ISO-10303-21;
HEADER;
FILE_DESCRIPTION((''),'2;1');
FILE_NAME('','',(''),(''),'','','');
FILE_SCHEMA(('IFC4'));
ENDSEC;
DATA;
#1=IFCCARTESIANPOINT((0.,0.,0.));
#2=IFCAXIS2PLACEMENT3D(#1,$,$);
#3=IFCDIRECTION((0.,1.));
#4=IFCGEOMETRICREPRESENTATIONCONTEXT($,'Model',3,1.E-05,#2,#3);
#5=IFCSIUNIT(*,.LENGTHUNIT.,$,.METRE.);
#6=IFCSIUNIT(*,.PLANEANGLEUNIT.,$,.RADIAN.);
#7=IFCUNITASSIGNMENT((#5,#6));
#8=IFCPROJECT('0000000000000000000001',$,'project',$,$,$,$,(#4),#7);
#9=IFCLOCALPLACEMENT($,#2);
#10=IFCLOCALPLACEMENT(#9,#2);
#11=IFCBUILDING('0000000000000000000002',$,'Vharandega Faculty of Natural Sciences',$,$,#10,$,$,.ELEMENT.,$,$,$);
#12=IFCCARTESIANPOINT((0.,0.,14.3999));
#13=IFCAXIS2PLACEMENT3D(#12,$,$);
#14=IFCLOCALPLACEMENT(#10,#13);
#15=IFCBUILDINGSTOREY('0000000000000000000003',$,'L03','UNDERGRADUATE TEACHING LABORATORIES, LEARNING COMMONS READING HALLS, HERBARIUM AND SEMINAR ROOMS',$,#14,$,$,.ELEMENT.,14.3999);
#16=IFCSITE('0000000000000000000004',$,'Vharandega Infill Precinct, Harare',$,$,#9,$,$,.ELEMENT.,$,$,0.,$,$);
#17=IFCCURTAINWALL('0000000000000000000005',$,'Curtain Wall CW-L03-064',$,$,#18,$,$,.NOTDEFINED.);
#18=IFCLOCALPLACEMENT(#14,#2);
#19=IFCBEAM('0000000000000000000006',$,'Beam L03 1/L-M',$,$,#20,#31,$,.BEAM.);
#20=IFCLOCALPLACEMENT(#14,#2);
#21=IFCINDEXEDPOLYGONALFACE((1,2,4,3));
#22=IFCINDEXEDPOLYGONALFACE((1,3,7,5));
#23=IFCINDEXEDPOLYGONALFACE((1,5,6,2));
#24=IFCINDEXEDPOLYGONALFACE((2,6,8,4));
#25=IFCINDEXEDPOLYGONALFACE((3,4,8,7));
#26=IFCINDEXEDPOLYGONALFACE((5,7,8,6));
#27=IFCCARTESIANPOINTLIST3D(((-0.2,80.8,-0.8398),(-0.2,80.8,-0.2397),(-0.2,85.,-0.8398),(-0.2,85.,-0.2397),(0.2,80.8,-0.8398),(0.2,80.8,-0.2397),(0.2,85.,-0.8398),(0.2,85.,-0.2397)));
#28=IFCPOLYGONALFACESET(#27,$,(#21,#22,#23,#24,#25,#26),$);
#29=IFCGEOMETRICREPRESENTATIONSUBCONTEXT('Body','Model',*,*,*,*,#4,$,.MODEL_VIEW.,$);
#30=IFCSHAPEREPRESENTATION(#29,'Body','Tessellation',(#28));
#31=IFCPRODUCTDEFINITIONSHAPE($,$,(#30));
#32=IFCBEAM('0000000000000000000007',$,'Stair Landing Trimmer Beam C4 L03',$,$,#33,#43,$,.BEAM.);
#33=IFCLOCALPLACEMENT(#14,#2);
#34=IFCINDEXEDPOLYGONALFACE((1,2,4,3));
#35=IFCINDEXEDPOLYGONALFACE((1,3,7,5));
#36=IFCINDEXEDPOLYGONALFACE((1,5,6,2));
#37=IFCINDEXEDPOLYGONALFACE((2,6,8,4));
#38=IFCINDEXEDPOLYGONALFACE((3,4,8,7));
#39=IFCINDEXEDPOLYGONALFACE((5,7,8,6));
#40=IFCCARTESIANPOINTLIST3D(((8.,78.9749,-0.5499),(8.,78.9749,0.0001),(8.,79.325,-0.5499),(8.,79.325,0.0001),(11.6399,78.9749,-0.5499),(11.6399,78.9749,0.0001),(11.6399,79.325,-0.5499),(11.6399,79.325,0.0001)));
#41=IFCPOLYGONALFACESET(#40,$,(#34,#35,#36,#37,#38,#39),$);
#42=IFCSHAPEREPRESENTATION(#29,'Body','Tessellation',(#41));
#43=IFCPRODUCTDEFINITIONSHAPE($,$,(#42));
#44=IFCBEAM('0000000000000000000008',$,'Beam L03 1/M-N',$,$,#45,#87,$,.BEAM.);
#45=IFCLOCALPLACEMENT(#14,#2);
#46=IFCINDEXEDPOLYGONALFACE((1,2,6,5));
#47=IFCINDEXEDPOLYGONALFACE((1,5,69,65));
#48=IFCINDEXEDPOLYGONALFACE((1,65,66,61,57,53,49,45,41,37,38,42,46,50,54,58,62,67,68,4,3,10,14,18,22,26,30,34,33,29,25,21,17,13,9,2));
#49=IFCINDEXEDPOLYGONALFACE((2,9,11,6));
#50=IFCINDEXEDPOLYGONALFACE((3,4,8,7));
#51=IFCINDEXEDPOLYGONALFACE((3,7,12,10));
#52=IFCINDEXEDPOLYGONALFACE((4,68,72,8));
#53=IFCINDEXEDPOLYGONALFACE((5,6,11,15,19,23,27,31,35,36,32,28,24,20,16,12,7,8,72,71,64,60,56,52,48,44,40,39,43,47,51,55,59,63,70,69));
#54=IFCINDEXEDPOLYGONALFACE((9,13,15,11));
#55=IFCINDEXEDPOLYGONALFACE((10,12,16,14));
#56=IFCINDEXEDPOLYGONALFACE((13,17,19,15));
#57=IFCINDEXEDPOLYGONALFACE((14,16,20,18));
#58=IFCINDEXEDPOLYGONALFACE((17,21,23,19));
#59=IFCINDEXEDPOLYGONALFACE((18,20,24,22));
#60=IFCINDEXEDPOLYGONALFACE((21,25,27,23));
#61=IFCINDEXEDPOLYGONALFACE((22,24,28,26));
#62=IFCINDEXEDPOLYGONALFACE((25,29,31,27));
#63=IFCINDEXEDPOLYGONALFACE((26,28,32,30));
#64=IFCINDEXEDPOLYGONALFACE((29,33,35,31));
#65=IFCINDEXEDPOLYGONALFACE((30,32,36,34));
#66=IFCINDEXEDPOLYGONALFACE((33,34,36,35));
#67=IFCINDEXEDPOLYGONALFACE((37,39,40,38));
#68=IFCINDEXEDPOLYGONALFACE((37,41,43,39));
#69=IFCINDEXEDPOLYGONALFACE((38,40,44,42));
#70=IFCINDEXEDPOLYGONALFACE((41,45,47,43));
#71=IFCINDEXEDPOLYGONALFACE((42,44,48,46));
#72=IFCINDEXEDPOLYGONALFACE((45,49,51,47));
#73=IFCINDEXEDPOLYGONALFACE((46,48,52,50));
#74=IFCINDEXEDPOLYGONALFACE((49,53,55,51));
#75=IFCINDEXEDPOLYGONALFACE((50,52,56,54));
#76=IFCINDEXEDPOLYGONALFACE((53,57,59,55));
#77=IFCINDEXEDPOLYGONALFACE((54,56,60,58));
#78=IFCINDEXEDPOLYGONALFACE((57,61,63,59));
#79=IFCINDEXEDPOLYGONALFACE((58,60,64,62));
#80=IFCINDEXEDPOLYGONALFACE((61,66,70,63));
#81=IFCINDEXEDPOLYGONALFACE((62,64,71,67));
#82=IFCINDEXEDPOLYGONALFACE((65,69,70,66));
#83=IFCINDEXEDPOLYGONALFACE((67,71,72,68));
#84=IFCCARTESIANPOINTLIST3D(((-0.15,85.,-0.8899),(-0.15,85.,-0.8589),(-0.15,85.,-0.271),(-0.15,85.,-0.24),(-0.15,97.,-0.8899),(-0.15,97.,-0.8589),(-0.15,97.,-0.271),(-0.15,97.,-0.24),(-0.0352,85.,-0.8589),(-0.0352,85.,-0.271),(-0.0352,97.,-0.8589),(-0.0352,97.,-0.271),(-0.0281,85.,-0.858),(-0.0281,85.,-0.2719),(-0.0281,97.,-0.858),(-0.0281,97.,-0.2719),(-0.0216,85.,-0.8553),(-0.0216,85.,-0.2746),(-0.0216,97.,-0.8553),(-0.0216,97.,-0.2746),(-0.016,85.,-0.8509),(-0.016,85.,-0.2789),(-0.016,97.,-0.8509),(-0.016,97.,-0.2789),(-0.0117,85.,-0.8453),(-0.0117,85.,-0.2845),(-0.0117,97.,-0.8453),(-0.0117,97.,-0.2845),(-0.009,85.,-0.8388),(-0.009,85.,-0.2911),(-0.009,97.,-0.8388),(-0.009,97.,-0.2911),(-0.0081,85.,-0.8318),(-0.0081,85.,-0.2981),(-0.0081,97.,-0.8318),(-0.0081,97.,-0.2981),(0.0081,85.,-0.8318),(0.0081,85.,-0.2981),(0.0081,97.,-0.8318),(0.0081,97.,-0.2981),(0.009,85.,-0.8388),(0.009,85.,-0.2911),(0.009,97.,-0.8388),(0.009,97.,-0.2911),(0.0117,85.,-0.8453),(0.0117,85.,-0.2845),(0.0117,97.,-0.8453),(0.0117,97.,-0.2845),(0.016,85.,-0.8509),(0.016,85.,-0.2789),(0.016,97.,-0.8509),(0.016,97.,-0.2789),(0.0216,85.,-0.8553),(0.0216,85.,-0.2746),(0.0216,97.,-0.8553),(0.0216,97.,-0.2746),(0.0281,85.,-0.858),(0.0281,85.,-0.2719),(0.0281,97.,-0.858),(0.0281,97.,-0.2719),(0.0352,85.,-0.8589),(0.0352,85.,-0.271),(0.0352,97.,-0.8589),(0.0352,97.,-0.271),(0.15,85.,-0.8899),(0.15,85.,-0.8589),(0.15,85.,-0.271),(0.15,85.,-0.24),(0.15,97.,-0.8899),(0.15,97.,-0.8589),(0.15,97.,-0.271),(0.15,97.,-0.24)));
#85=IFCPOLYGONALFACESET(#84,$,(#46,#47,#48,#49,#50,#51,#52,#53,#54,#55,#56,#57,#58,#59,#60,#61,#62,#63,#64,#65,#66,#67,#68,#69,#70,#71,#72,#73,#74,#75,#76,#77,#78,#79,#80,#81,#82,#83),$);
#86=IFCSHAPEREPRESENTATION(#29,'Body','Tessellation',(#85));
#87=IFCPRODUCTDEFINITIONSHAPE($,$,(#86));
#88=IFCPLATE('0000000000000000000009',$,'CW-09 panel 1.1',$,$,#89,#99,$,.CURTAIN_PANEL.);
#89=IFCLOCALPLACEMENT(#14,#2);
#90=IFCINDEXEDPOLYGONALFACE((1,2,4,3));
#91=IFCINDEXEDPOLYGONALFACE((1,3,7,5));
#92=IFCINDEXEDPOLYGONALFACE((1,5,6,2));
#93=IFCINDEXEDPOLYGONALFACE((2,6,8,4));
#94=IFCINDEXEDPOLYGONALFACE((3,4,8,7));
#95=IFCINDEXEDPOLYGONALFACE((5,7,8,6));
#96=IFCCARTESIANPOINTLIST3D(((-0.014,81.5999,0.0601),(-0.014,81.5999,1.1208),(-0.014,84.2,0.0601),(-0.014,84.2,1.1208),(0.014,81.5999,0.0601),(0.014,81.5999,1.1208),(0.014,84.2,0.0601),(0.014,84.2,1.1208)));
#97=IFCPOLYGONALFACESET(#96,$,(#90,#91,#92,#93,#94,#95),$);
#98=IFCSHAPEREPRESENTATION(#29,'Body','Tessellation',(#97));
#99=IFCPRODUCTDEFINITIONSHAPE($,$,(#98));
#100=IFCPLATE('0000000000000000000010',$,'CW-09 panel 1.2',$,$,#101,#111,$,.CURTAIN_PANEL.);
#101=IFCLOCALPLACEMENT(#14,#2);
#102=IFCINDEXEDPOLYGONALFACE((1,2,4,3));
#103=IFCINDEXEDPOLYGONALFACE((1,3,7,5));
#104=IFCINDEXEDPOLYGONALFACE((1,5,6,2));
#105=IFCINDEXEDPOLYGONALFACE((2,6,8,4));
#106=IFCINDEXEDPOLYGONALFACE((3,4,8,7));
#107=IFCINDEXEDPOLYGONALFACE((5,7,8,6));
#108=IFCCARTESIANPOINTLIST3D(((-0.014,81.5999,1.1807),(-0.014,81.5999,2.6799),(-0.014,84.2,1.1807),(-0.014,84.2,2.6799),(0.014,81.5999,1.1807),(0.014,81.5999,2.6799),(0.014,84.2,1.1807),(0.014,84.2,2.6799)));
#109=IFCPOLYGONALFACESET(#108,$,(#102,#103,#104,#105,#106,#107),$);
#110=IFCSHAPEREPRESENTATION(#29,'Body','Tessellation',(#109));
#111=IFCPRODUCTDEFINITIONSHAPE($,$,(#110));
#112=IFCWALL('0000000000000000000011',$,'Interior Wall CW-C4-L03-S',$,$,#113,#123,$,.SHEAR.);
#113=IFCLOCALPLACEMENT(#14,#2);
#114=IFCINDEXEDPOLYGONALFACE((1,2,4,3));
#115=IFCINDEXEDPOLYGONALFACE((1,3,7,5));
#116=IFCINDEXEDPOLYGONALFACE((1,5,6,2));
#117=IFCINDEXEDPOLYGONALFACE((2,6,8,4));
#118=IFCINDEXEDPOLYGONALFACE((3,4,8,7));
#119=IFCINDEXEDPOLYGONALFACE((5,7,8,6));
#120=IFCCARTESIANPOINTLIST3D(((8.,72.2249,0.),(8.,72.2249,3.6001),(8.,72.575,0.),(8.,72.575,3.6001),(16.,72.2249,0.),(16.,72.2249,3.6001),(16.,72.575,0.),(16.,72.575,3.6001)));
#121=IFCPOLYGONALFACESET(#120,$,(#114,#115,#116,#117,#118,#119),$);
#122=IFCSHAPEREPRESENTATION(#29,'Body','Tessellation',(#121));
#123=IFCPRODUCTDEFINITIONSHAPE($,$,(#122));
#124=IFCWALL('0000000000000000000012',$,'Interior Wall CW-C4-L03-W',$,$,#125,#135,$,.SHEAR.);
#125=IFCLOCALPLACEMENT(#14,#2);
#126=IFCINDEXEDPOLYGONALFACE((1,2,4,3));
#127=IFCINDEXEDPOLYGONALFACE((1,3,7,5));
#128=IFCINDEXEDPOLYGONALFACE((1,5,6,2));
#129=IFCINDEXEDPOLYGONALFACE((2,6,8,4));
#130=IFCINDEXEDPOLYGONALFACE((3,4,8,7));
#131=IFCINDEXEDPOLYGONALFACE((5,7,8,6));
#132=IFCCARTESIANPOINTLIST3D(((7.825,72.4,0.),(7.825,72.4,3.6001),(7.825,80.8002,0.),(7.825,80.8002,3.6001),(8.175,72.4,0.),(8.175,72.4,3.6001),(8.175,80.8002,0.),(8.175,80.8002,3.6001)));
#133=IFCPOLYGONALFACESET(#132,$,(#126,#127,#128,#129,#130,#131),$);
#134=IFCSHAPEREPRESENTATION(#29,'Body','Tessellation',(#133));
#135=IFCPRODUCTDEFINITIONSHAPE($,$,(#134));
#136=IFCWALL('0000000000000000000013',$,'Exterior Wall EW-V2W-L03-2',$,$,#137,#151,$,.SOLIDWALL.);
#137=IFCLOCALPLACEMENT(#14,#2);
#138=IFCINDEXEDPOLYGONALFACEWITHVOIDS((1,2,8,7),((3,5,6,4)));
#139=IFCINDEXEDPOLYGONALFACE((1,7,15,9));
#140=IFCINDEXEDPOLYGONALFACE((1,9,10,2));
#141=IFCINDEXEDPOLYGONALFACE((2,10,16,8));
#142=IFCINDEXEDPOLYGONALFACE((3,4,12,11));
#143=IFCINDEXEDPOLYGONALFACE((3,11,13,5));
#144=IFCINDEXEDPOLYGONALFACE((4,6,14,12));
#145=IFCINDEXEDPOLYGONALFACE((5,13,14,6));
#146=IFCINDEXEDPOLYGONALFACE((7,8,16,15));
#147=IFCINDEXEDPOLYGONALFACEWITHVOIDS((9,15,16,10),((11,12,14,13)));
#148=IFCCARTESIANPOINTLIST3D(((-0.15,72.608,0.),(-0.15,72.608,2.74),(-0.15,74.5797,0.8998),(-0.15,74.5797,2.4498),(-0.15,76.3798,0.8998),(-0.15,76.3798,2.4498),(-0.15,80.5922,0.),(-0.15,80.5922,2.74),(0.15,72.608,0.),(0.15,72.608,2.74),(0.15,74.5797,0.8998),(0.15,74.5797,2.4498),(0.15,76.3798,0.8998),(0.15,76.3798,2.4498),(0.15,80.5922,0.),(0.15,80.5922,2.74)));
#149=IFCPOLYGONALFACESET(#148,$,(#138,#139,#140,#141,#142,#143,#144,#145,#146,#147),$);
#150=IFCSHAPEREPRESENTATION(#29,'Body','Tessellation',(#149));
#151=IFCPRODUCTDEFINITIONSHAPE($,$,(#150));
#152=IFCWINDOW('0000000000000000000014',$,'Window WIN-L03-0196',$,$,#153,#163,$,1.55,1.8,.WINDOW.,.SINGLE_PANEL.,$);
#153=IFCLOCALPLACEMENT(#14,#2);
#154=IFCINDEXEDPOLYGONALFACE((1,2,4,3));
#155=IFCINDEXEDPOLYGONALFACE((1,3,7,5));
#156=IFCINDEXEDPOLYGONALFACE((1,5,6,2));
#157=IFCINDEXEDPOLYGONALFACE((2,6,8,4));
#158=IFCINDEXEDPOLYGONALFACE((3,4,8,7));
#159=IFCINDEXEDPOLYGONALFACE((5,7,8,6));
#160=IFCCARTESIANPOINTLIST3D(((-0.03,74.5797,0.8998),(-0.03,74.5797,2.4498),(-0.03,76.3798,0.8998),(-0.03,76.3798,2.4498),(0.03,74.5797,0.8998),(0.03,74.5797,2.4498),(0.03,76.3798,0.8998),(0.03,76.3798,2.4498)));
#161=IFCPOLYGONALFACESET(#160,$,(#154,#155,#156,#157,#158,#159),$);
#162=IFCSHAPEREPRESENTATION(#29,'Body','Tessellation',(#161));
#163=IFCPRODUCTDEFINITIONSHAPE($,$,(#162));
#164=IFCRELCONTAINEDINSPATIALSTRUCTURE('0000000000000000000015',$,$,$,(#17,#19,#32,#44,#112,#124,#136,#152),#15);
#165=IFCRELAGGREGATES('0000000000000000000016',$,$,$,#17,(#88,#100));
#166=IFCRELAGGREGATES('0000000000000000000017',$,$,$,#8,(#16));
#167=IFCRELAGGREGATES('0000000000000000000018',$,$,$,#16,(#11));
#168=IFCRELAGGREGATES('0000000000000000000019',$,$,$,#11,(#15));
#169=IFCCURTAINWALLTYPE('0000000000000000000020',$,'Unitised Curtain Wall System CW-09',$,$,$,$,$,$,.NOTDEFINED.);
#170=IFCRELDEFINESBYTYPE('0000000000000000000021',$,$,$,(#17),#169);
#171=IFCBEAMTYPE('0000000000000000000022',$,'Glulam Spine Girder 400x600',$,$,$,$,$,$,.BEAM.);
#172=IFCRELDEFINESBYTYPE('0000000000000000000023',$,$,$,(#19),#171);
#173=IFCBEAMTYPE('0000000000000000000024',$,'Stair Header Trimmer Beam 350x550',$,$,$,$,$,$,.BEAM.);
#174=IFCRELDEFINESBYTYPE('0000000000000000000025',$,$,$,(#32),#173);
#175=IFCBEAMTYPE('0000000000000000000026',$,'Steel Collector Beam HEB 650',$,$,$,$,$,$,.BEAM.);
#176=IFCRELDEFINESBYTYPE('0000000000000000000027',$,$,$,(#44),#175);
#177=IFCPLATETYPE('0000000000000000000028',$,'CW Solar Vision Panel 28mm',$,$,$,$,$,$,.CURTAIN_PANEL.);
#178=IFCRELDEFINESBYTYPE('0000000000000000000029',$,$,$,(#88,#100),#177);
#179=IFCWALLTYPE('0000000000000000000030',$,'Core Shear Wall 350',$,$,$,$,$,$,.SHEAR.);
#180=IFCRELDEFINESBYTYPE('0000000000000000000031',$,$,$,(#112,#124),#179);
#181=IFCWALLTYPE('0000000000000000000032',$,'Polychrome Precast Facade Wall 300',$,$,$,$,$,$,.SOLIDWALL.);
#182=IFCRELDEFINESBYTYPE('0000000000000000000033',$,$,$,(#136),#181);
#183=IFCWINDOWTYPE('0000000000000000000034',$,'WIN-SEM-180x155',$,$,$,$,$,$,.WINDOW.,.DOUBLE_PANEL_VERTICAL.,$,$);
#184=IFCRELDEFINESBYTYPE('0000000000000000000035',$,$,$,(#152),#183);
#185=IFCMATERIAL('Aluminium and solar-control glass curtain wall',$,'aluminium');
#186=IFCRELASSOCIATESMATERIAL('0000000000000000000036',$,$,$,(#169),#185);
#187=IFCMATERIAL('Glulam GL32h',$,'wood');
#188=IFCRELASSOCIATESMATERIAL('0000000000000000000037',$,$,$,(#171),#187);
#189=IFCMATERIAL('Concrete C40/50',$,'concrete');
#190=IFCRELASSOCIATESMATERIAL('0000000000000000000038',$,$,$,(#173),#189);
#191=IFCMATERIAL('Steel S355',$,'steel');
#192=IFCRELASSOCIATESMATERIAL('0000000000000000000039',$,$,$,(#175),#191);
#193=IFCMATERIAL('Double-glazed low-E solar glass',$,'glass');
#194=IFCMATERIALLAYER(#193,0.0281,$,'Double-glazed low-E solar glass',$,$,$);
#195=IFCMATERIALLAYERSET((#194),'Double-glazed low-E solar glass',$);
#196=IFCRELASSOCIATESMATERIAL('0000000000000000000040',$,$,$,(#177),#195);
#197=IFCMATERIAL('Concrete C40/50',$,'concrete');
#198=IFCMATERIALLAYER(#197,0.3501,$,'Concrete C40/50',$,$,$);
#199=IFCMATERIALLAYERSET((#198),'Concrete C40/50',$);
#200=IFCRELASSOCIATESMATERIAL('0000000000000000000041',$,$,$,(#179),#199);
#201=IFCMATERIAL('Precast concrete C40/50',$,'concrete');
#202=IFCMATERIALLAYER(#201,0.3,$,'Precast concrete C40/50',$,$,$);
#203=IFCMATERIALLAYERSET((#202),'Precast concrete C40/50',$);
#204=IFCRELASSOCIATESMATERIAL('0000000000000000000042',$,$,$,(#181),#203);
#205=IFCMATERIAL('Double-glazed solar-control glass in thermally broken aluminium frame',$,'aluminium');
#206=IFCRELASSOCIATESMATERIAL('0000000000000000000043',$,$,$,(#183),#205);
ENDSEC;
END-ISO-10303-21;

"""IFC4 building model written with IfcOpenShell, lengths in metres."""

from ifc_helpers import new_model, si_unit, direction, frame, frame_2d, origin, origin_2d, place, context, subcontext, project, spatial, rectangle, i_section, extrude, material, layer, layer_set, material_profile, profile_set, type_object, element, fill, aggregate, save


model = new_model("IFC4")

# Units and contexts
model_context = context("Model", 3, precision=1e-05, world=origin(), true_north=direction((0.0, 1.0)))
body_context = subcontext(model_context, "Body", "Model", "MODEL_VIEW")
ifc_project = project(units=[si_unit("LENGTHUNIT", "METRE"), si_unit("PLANEANGLEUNIT", "RADIAN")], contexts=[model_context])

# Site, building, storey
site_placement = place(None, origin())
site = spatial("IfcSite", under=ifc_project, at=site_placement, Name="Vharandega Infill Precinct, Harare", CompositionType="ELEMENT", RefElevation=0.0)
building_placement = place(site_placement, origin())
building = spatial("IfcBuilding", under=site, at=building_placement, Name="Vharandega Faculty of Natural Sciences", CompositionType="ELEMENT")
storey_placement = place(building_placement, frame((0.0, 0.0, 14.3999)))
storey = spatial("IfcBuildingStorey", under=building, at=storey_placement, Name="L03", Description="UNDERGRADUATE TEACHING LABORATORIES, LEARNING COMMONS READING HALLS, HERBARIUM AND SEMINAR ROOMS", CompositionType="ELEMENT", Elevation=14.3999)

# Curtain wall
ifc_material_1 = material(Name="Aluminium and solar-control glass curtain wall", Category="aluminium")
curtain_wall_type = type_object("IfcCurtainWallType", Name="Unitised Curtain Wall System CW-09", PredefinedType="NOTDEFINED", material=ifc_material_1)
curtain_wall_placement = place(storey_placement, origin())
curtain_wall = element("IfcCurtainWall", 1, at=curtain_wall_placement, inside=storey, type_object=curtain_wall_type, Name="Curtain Wall CW-L03-064", PredefinedType="NOTDEFINED")

# Beams
ifc_material_2 = material(Name="Glulam GL32h", Category="wood")
ifc_material_profile_1 = material_profile(ifc_material_2, rectangle(XDim=0.3999, YDim=0.6001, at=origin_2d()), Name="GL32h 400x600")
ifc_profile_set_1 = profile_set([ifc_material_profile_1], Name="Glulam GL32h")
beam_type_1 = type_object("IfcBeamType", Name="Glulam Spine Girder 400x600", PredefinedType="BEAM", material=ifc_profile_set_1)
beam_1_placement = place(storey_placement, frame((0.0, 80.8, -0.5398), z_axis=(0.0, 1.0, 0.0), x_axis=(-1.0, 0.0, 0.0)))
element("IfcBeam", 2, at=beam_1_placement, inside=storey, type_object=beam_type_1, Name="Beam L03 1/L-M", PredefinedType="BEAM", context=body_context, shape_type="SweptSolid", body=[
    extrude(rectangle(XDim=0.3999, YDim=0.6001, at=origin_2d()), origin(), (0.0, 0.0, 1.0), 4.2),
])
ifc_material_3 = material(Name="Concrete C40/50", Category="concrete")
ifc_material_profile_2 = material_profile(ifc_material_3, rectangle(XDim=0.3501, YDim=0.55, at=origin_2d()), Name="RC 350x550")
ifc_profile_set_2 = profile_set([ifc_material_profile_2], Name="Concrete C40/50")
beam_type_2 = type_object("IfcBeamType", Name="Stair Header Trimmer Beam 350x550", PredefinedType="BEAM", material=ifc_profile_set_2)
beam_2_placement = place(storey_placement, frame((8.0, 79.1499, -0.2749), z_axis=(1.0, 0.0, 0.0), x_axis=(0.0, 1.0, 0.0)))
element("IfcBeam", 3, at=beam_2_placement, inside=storey, type_object=beam_type_2, Name="Stair Landing Trimmer Beam C4 L03", PredefinedType="BEAM", context=body_context, shape_type="SweptSolid", body=[
    extrude(rectangle(XDim=0.3501, YDim=0.55, at=origin_2d()), origin(), (0.0, 0.0, 1.0), 3.6399),
])
ifc_material_4 = material(Name="Steel S355", Category="steel")
ifc_material_profile_3 = material_profile(ifc_material_4, i_section(OverallWidth=0.3, OverallDepth=0.6499, WebThickness=0.0161, FlangeThickness=0.031, FilletRadius=0.0271, at=origin_2d()), Name="HEB 650")
ifc_profile_set_3 = profile_set([ifc_material_profile_3], Name="Steel S355")
beam_type_3 = type_object("IfcBeamType", Name="Steel Collector Beam HEB 650", PredefinedType="BEAM", material=ifc_profile_set_3)
beam_3_placement = place(storey_placement, frame((0.0, 85.0, -0.5649), z_axis=(0.0, 1.0, 0.0), x_axis=(-1.0, 0.0, 0.0)))
element("IfcBeam", 4, at=beam_3_placement, inside=storey, type_object=beam_type_3, Name="Beam L03 1/M-N", PredefinedType="BEAM", context=body_context, shape_type="SweptSolid", body=[
    extrude(i_section(OverallWidth=0.3, OverallDepth=0.6499, WebThickness=0.0161, FlangeThickness=0.031, FilletRadius=0.0271, at=origin_2d()), origin(), (0.0, 0.0, 1.0), 12.0),
])

# Plates
ifc_material_5 = material(Name="Double-glazed low-E solar glass", Category="glass")
ifc_layer_1 = layer(ifc_material_5, 0.0281, Name="Double-glazed low-E solar glass")
ifc_layer_set_1 = layer_set([ifc_layer_1], Name="Double-glazed low-E solar glass")
plate_type = type_object("IfcPlateType", Name="CW Solar Vision Panel 28mm", PredefinedType="CURTAIN_PANEL", material=ifc_layer_set_1)
plate_1_placement = place(storey_placement, frame((0.0, 82.8999, 0.0601), z_axis=(0.0, 0.0, 1.0), x_axis=(0.0, 1.0, 0.0)))
plate_1 = element("IfcPlate", 5, at=plate_1_placement, type_object=plate_type, Name="CW-09 panel 1.1", PredefinedType="CURTAIN_PANEL", context=body_context, shape_type="SweptSolid", body=[
    extrude(rectangle(XDim=2.6001, YDim=0.0281, at=origin_2d()), origin(), (0.0, 0.0, 1.0), 1.0608),
])
plate_2_placement = place(storey_placement, frame((0.0, 82.8999, 1.1807), z_axis=(0.0, 0.0, 1.0), x_axis=(0.0, 1.0, 0.0)))
plate_2 = element("IfcPlate", 6, at=plate_2_placement, type_object=plate_type, Name="CW-09 panel 1.2", PredefinedType="CURTAIN_PANEL", context=body_context, shape_type="SweptSolid", body=[
    extrude(rectangle(XDim=2.6001, YDim=0.0281, at=origin_2d()), origin(), (0.0, 0.0, 1.0), 1.4993),
])
aggregate(curtain_wall, [plate_1, plate_2])

# Walls
ifc_material_6 = material(Name="Concrete C40/50", Category="concrete")
ifc_layer_2 = layer(ifc_material_6, 0.3501, Name="Concrete C40/50")
ifc_layer_set_2 = layer_set([ifc_layer_2], Name="Concrete C40/50")
wall_type_1 = type_object("IfcWallType", Name="Core Shear Wall 350", PredefinedType="SHEAR", material=ifc_layer_set_2)
wall_1_placement = place(storey_placement, frame((8.0, 72.3999, 0.0), z_axis=(0.0, 0.0, 1.0), x_axis=(1.0, 0.0, 0.0)))
element("IfcWall", 7, at=wall_1_placement, inside=storey, type_object=wall_type_1, Name="Interior Wall CW-C4-L03-S", PredefinedType="SHEAR", context=body_context, shape_type="SweptSolid", body=[
    extrude(rectangle(XDim=8.0, YDim=0.3501, at=frame_2d((4.0, 0.0))), origin(), (0.0, 0.0, 1.0), 3.6001),
])
wall_2_placement = place(storey_placement, frame((8.0, 72.3999, 0.0), z_axis=(0.0, 0.0, 1.0), x_axis=(0.0, 1.0, 0.0)))
element("IfcWall", 8, at=wall_2_placement, inside=storey, type_object=wall_type_1, Name="Interior Wall CW-C4-L03-W", PredefinedType="SHEAR", context=body_context, shape_type="SweptSolid", body=[
    extrude(rectangle(XDim=8.4001, YDim=0.3501, at=frame_2d((4.2002, 0.0))), origin(), (0.0, 0.0, 1.0), 3.6001),
])

# Wall, opening, window
ifc_material_7 = material(Name="Precast concrete C40/50", Category="concrete")
ifc_layer_3 = layer(ifc_material_7, 0.3, Name="Precast concrete C40/50")
ifc_layer_set_3 = layer_set([ifc_layer_3], Name="Precast concrete C40/50")
wall_type_2 = type_object("IfcWallType", Name="Polychrome Precast Facade Wall 300", PredefinedType="SOLIDWALL", material=ifc_layer_set_3)
wall_3_placement = place(storey_placement, frame((0.0, 72.6079, 0.0), z_axis=(0.0, 0.0, 1.0), x_axis=(0.0, 1.0, 0.0)))
wall_3 = element("IfcWall", 9, at=wall_3_placement, inside=storey, type_object=wall_type_2, Name="Exterior Wall EW-V2W-L03-2", PredefinedType="SOLIDWALL", context=body_context, shape_type="SweptSolid", body=[
    extrude(rectangle(XDim=7.9841, YDim=0.3, at=frame_2d((3.9922, 0.0))), origin(), (0.0, 0.0, 1.0), 2.74),
])
opening_placement = place(wall_3_placement, frame((1.9719, 0.0, 0.8999)))
opening = element("IfcOpeningElement", 10, at=opening_placement, cuts=wall_3, PredefinedType="OPENING", context=body_context, shape_type="SweptSolid", body=[
    extrude(rectangle(XDim=1.8, YDim=1.55, at=frame_2d((0.8999, 0.7749))), frame((0.0, 0.1602, 0.0), z_axis=(0.0, -1.0, 0.0), x_axis=(1.0, 0.0, 0.0)), (0.0, 0.0, 1.0), 0.3201),
])
ifc_material_8 = material(Name="Double-glazed solar-control glass in thermally broken aluminium frame", Category="aluminium")
window_type = type_object("IfcWindowType", Name="WIN-SEM-180x155", PartitioningType="DOUBLE_PANEL_VERTICAL", PredefinedType="WINDOW", material=ifc_material_8)
window_placement = place(opening_placement, origin())
window = element("IfcWindow", 11, at=window_placement, inside=storey, type_object=window_type, Name="Window WIN-L03-0196", OverallHeight=1.55, OverallWidth=1.8, PartitioningType="SINGLE_PANEL", PredefinedType="WINDOW", context=body_context, shape_type="SweptSolid", body=[
    extrude(rectangle(XDim=1.8, YDim=1.55, at=frame_2d((0.8999, 0.7749))), frame((0.0, 0.03, 0.0), z_axis=(0.0, -1.0, 0.0), x_axis=(1.0, 0.0, 0.0)), (0.0, 0.0, 1.0), 0.0601),
])
fill(opening, window)

save(model, "model.ifc")
